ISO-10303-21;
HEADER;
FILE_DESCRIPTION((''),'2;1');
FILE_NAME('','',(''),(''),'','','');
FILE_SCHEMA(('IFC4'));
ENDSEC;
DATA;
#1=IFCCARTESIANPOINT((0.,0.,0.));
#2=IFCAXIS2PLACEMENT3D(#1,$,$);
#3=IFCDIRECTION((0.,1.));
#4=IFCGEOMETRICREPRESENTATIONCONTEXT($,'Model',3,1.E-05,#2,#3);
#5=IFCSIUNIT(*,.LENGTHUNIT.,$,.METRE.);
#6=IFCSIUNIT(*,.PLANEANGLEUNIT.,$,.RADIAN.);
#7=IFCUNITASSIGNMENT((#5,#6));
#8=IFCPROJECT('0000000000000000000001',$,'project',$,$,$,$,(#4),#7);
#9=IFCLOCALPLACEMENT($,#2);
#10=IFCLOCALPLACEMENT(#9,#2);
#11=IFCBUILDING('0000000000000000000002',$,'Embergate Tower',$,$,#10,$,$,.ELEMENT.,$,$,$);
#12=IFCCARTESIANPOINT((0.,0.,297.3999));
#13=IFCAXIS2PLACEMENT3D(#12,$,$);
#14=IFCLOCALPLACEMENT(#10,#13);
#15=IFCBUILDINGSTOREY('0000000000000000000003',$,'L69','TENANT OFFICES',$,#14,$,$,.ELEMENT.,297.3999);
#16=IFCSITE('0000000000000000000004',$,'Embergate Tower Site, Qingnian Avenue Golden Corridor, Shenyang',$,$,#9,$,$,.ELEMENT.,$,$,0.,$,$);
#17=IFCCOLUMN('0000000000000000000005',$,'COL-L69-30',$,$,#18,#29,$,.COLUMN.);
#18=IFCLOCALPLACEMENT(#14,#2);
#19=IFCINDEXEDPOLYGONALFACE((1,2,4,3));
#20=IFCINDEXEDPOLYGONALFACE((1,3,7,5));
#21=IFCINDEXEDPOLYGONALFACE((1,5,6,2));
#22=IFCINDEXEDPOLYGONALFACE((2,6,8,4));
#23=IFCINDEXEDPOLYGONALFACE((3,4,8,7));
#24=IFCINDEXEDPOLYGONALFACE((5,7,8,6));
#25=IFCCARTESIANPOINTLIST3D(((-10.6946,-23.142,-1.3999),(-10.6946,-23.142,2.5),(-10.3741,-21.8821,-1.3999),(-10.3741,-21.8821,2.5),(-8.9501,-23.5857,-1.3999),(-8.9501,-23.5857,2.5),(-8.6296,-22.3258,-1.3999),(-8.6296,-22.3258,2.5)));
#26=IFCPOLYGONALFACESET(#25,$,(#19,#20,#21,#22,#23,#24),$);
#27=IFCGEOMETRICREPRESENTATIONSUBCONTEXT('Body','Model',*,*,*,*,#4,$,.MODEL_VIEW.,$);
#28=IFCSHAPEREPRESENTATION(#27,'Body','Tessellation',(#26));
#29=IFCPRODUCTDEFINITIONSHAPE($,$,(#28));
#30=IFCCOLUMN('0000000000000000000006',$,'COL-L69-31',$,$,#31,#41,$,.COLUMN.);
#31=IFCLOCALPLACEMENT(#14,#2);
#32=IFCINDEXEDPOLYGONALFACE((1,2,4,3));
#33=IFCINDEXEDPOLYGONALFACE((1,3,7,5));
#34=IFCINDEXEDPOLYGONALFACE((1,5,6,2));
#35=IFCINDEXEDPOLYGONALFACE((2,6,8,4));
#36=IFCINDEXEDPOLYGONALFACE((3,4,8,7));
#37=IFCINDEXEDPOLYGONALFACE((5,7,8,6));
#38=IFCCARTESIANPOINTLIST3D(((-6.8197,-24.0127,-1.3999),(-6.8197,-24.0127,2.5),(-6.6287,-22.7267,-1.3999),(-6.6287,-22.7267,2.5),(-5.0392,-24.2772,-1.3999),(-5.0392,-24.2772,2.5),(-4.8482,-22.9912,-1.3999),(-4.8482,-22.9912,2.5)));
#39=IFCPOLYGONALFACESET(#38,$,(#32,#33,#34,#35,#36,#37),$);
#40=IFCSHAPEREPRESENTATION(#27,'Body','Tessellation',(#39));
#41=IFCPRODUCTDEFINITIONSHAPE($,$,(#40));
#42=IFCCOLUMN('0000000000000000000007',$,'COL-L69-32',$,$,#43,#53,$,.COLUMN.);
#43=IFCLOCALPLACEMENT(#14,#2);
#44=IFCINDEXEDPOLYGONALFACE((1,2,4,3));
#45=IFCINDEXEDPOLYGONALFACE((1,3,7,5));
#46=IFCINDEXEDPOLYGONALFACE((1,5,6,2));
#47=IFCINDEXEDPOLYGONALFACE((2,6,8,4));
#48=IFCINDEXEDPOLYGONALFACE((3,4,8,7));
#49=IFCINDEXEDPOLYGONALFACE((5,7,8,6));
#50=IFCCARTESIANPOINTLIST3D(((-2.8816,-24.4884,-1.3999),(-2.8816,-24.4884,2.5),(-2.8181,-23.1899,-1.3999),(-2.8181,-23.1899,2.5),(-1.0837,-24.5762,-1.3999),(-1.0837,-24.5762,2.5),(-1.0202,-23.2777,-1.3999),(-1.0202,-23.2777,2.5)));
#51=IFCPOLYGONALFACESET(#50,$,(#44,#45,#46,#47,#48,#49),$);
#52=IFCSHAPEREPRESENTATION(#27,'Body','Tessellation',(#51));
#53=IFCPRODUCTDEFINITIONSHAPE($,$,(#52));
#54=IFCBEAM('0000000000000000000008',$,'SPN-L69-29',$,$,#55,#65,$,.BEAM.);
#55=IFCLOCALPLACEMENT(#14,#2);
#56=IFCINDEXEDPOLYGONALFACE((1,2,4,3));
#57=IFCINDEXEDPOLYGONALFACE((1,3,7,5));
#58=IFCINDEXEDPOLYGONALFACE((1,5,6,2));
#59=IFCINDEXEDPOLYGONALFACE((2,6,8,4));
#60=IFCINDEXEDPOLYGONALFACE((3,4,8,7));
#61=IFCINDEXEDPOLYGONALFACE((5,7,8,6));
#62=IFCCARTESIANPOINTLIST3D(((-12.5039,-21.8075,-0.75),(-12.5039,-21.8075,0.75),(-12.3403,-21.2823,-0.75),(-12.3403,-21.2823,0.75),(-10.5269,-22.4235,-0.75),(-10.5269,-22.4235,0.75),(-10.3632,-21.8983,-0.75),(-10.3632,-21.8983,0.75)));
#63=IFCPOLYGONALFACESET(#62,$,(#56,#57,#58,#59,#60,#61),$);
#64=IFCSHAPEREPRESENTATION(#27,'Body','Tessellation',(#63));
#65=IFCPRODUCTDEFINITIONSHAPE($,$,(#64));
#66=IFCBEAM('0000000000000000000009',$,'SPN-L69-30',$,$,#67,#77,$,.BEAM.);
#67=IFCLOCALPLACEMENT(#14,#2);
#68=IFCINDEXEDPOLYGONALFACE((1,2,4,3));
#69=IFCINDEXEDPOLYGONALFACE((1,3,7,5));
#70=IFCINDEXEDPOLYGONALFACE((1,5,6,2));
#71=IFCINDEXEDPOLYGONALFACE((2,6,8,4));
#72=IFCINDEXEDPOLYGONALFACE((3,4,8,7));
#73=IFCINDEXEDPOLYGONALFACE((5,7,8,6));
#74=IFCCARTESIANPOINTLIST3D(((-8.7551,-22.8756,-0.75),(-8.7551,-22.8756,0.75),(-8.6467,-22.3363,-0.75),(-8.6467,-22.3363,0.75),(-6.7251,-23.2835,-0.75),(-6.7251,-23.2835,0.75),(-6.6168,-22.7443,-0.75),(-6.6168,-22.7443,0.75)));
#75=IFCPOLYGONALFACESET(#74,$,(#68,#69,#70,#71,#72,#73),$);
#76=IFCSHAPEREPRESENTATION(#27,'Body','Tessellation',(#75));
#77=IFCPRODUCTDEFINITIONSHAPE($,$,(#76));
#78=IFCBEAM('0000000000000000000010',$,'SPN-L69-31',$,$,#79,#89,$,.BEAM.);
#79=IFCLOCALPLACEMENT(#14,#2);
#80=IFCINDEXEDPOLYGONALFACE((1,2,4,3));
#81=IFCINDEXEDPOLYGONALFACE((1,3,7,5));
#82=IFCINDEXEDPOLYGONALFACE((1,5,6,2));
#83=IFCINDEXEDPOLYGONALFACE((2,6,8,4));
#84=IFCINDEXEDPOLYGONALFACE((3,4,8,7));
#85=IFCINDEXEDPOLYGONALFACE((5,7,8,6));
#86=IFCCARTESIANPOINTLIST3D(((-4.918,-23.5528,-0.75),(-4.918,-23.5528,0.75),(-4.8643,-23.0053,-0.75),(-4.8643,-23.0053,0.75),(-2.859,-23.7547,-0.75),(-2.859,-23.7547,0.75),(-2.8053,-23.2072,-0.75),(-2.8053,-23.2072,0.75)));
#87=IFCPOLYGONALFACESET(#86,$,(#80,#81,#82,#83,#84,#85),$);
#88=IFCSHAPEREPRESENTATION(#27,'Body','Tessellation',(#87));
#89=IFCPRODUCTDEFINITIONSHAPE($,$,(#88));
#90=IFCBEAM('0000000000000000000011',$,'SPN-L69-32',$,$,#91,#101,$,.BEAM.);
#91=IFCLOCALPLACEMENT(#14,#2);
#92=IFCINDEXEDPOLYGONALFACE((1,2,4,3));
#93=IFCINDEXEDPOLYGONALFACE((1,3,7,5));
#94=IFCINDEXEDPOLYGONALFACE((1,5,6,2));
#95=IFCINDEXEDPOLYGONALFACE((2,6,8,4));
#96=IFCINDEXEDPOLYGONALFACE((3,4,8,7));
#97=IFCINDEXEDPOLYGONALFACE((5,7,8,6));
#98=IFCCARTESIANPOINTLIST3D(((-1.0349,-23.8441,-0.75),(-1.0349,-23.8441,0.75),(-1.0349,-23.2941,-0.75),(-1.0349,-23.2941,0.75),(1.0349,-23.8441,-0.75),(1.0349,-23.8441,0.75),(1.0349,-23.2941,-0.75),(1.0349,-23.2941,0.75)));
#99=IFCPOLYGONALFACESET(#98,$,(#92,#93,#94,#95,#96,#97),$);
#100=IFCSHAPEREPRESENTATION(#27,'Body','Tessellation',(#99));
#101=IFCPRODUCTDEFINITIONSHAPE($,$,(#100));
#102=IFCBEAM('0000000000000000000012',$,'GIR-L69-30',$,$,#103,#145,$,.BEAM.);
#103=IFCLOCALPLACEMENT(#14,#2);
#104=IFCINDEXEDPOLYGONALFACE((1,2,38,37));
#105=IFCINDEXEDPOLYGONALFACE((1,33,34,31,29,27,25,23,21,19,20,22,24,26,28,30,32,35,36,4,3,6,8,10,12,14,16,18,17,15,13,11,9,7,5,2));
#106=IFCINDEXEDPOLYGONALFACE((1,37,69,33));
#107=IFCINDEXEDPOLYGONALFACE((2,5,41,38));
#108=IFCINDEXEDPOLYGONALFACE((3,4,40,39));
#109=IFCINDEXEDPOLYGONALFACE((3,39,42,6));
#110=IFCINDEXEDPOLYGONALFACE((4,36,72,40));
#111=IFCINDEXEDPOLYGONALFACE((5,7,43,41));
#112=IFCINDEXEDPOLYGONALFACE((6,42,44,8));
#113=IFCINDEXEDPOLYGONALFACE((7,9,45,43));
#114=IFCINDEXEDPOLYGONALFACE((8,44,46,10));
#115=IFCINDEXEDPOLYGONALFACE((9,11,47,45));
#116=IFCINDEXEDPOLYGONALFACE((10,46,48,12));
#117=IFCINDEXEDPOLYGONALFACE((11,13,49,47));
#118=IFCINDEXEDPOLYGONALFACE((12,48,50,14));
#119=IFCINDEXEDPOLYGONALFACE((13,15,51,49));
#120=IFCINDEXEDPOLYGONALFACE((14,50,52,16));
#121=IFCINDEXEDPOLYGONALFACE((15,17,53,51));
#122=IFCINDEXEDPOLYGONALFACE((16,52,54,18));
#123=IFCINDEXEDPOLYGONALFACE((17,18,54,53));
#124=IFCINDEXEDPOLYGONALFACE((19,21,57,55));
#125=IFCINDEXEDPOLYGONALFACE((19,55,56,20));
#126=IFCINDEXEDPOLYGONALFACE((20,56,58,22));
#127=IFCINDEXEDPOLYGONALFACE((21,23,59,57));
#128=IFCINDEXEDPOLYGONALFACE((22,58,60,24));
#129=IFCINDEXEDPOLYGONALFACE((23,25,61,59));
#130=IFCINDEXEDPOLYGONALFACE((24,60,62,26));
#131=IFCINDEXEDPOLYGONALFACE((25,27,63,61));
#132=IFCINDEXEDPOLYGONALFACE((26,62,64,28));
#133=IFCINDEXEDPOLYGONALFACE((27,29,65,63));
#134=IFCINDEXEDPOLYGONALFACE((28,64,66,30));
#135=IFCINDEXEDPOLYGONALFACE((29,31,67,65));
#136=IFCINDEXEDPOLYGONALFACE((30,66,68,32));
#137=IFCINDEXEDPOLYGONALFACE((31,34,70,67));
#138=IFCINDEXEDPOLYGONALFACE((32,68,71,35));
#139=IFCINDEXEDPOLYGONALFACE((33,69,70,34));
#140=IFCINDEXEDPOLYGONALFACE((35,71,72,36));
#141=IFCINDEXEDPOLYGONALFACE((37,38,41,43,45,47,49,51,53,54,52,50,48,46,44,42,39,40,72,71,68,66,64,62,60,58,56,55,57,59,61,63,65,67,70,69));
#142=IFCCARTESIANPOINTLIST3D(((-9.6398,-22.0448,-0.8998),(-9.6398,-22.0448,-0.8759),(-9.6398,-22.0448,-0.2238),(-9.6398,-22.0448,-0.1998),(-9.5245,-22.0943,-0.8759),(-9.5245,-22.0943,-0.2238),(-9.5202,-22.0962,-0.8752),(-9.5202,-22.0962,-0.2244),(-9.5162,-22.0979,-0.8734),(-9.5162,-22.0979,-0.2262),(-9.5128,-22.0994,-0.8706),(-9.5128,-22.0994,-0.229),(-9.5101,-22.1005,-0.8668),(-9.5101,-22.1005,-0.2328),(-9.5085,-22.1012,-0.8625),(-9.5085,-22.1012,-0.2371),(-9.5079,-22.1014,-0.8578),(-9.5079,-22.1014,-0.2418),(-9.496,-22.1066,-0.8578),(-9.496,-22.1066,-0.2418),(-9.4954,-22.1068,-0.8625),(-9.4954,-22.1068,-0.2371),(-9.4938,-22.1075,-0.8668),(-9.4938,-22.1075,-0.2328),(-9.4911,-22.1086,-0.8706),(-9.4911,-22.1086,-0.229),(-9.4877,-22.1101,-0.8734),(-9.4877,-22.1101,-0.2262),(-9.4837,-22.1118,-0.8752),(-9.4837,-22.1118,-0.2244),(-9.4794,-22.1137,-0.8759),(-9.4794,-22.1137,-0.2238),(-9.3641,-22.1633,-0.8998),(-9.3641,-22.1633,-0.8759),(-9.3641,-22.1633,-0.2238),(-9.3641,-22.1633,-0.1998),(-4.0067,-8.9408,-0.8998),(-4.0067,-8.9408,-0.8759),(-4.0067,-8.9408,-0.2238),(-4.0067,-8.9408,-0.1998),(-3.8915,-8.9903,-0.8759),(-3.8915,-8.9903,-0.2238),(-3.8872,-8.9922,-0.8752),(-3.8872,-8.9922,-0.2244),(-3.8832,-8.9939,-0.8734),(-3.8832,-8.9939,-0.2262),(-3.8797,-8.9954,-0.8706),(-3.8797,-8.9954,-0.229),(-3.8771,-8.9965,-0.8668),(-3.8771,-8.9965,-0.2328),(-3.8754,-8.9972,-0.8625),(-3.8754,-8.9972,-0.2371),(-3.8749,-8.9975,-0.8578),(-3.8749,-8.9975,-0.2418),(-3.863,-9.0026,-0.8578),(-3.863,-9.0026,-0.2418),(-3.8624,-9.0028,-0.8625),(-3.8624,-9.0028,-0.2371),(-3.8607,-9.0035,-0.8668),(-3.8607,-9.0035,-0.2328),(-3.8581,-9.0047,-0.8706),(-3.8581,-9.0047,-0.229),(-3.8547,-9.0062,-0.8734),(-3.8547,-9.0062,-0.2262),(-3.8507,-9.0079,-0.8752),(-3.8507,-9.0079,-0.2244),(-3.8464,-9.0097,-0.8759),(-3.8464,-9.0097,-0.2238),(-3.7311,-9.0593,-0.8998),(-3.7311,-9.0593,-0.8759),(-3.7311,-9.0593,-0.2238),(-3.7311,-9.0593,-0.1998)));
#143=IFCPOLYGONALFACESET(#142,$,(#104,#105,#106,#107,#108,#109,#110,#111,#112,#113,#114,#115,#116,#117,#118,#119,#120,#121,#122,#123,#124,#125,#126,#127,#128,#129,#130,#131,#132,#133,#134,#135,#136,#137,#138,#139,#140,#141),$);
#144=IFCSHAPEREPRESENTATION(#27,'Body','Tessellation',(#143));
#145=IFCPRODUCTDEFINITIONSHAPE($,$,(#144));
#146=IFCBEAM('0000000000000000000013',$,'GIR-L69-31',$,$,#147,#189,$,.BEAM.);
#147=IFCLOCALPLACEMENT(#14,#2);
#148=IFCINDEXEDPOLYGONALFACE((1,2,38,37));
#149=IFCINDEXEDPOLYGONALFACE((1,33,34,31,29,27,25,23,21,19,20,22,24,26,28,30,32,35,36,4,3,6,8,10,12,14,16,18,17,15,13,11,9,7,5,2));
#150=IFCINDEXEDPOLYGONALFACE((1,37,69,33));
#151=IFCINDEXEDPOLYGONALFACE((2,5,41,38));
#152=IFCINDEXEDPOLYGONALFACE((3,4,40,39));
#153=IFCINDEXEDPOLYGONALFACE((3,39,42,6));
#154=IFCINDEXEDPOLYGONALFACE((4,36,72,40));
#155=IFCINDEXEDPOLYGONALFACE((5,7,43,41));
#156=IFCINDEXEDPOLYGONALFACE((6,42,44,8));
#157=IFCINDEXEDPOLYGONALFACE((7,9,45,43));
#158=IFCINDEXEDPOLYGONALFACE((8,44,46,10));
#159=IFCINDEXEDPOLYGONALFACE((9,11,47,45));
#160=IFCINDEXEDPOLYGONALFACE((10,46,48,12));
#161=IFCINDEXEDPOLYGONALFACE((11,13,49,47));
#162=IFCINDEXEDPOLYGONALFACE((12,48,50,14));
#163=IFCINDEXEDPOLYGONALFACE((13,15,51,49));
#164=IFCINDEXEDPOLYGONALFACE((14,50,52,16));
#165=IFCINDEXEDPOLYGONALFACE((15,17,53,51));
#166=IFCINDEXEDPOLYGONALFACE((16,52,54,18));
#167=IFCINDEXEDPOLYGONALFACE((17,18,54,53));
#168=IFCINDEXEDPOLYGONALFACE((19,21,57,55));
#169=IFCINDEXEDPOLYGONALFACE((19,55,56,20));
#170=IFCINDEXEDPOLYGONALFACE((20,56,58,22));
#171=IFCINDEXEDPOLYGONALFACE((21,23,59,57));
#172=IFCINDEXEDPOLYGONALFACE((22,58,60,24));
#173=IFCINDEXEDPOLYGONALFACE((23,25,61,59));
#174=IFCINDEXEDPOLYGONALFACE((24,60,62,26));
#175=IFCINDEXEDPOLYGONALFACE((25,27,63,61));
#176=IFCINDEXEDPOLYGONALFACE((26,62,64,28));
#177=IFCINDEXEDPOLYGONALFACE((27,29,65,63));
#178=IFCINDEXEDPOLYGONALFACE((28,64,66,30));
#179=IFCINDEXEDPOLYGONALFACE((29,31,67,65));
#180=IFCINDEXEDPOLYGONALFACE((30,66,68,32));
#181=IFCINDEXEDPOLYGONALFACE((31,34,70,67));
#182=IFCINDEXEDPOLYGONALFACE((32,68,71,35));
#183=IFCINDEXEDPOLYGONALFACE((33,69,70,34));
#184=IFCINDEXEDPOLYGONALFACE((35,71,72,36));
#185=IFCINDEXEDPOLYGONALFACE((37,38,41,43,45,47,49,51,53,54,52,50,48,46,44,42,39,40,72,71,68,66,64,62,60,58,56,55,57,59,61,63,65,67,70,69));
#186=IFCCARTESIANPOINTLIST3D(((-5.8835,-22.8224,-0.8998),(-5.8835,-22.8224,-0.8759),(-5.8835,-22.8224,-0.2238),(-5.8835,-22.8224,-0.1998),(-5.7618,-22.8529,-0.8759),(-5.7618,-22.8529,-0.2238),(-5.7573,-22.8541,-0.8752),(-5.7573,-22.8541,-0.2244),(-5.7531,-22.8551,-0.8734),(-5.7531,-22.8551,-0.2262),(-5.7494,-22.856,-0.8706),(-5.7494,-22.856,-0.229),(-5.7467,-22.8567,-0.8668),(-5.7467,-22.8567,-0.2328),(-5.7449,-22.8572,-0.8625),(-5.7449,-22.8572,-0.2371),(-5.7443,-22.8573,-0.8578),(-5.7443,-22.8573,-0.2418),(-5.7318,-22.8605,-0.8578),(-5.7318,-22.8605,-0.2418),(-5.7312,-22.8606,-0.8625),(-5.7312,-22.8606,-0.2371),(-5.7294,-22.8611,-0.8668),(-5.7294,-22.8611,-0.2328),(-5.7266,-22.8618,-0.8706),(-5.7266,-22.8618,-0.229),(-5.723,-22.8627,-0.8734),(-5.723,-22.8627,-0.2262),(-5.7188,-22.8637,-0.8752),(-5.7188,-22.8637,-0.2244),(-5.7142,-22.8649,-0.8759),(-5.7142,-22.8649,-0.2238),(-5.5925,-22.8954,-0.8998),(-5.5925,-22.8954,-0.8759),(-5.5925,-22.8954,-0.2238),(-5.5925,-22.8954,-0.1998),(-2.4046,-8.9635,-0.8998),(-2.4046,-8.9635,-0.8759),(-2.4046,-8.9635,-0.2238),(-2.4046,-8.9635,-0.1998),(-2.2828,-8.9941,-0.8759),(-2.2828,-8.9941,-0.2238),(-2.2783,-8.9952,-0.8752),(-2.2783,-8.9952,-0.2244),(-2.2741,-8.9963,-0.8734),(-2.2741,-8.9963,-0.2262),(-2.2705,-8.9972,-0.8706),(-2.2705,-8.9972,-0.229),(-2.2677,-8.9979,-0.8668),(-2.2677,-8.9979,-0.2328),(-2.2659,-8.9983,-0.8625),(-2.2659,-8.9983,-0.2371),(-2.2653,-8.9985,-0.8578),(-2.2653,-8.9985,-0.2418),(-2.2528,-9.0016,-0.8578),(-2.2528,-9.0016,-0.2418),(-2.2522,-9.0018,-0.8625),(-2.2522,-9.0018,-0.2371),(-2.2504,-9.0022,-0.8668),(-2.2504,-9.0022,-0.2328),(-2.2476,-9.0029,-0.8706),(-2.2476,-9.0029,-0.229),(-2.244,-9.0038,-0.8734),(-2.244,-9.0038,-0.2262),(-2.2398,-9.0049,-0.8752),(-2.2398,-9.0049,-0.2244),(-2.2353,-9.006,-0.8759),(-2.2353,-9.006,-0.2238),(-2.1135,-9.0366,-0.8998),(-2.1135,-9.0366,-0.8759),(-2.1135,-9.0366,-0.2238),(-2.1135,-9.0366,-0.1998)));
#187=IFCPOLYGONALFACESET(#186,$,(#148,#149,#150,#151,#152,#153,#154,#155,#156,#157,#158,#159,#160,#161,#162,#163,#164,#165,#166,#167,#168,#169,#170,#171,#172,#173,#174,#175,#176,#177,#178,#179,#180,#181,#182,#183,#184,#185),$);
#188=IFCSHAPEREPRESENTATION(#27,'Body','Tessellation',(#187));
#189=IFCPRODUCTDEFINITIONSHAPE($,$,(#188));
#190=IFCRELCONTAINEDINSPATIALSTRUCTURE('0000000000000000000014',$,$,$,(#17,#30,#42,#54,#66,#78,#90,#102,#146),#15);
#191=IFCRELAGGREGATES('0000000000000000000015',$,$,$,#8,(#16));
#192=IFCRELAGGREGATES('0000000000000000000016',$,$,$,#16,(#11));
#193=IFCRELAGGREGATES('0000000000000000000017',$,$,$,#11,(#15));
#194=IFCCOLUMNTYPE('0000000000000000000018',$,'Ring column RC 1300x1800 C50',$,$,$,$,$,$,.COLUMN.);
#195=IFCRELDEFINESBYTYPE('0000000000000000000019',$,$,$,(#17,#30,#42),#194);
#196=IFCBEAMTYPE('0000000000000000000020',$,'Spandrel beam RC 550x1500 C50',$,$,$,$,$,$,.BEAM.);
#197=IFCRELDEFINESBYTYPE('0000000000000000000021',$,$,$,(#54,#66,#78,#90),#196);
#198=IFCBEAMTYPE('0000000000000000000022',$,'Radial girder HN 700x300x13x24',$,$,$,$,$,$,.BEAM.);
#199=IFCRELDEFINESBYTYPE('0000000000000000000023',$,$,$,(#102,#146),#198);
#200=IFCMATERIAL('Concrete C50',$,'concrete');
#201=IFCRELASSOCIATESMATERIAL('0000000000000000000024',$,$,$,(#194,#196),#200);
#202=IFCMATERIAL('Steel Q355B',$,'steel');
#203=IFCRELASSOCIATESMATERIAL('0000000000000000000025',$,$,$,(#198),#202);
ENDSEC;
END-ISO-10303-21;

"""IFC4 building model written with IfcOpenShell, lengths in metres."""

from ifc_helpers import new_model, si_unit, direction, frame, origin, origin_2d, place, context, subcontext, project, spatial, rectangle, i_section, extrude, source, transform, mapped, material, material_profile, profile_set, type_object, element, save


model = new_model("IFC4")

# Units and contexts
model_context = context("Model", 3, precision=1e-05, world=origin(), true_north=direction((0.0, 1.0)))
body_context = subcontext(model_context, "Body", "Model", "MODEL_VIEW")
ifc_project = project(units=[si_unit("LENGTHUNIT", "METRE"), si_unit("PLANEANGLEUNIT", "RADIAN")], contexts=[model_context])

# Site, building, storey
site_placement = place(None, origin())
site = spatial("IfcSite", under=ifc_project, at=site_placement, Name="Embergate Tower Site, Qingnian Avenue Golden Corridor, Shenyang", CompositionType="ELEMENT", RefElevation=0.0)
building_placement = place(site_placement, origin())
building = spatial("IfcBuilding", under=site, at=building_placement, Name="Embergate Tower", CompositionType="ELEMENT")
storey_placement = place(building_placement, frame((0.0, 0.0, 297.3999)))
storey = spatial("IfcBuildingStorey", under=building, at=storey_placement, Name="L69", Description="TENANT OFFICES", CompositionType="ELEMENT", Elevation=297.3999)

# Columns
ifc_material_1 = material(Name="Concrete C50", Category="concrete")
ifc_material_profile_1 = material_profile(ifc_material_1, rectangle(XDim=1.3, YDim=1.8, at=origin_2d()), Name="RC 1300x1800")
ifc_profile_set_1 = profile_set([ifc_material_profile_1], Name="Concrete C50")
column_type = type_object("IfcColumnType", Name="Ring column RC 1300x1800 C50", PredefinedType="COLUMN", material=ifc_profile_set_1)
shared_shape_1 = source(origin(), body_context, "Body", "SweptSolid", [
    extrude(rectangle(XDim=1.3, YDim=1.8, at=origin_2d()), origin(), (0.0, 0.0, 1.0), 3.8999),
])
for number, where, z_axis, x_axis, name in (
    (1, (-9.6621, -22.7339, -1.3999), (0.0, 0.0, 1.0), (-0.246509, -0.969141, 0.0), "COL-L69-30"),
    (2, (-5.834, -23.502, -1.3999), (0.0, 0.0, 1.0), (-0.146929, -0.989147, 0.0), "COL-L69-31"),
    (3, (-1.9509, -23.8831, -1.3999), (0.0, 0.0, 1.0), (-0.048815, -0.998808, 0.0), "COL-L69-32"),
):
    element("IfcColumn", number, at=place(storey_placement, frame(where, z_axis=z_axis, x_axis=x_axis)), inside=storey, type_object=column_type, Name=name, PredefinedType="COLUMN", context=body_context, shape_type="MappedRepresentation", body=[
        mapped(shared_shape_1, transform((0.0, 0.0, 0.0))),
    ])

# Beams
ifc_material_profile_2 = material_profile(ifc_material_1, rectangle(XDim=0.55, YDim=1.5, at=origin_2d()), Name="RC 550x1500")
ifc_profile_set_2 = profile_set([ifc_material_profile_2], Name="Concrete C50")
beam_type_1 = type_object("IfcBeamType", Name="Spandrel beam RC 550x1500 C50", PredefinedType="BEAM", material=ifc_profile_set_2)
shared_shape_2 = source(origin(), body_context, "Body", "SweptSolid", [
    extrude(rectangle(XDim=0.55, YDim=1.5, at=origin_2d()), origin(), (0.0, 0.0, 1.0), 2.0708),
])
beam_1_placement = place(storey_placement, frame((-12.4221, -21.5449, 0.0), z_axis=(0.954736, -0.297456, 0.0), x_axis=(0.297456, 0.954736, 0.0)))
element("IfcBeam", 4, at=beam_1_placement, inside=storey, type_object=beam_type_1, Name="SPN-L69-29", PredefinedType="BEAM", context=body_context, shape_type="MappedRepresentation", body=[
    mapped(shared_shape_2, transform((0.0, 0.0, 0.0))),
])
shared_shape_3 = source(origin(), body_context, "Body", "SweptSolid", [
    extrude(rectangle(XDim=0.55, YDim=1.5, at=origin_2d()), origin(), (0.0, 0.0, 1.0), 2.0706),
])
beam_2_placement = place(storey_placement, frame((-8.7009, -22.606, 0.0), z_axis=(0.980399, -0.197023, 0.0), x_axis=(0.197023, 0.980399, 0.0)))
element("IfcBeam", 5, at=beam_2_placement, inside=storey, type_object=beam_type_1, Name="SPN-L69-30", PredefinedType="BEAM", context=body_context, shape_type="MappedRepresentation", body=[
    mapped(shared_shape_3, transform((0.0, 0.0, 0.0))),
])
shared_shape_4 = source(origin(), body_context, "Body", "SweptSolid", [
    extrude(rectangle(XDim=0.55, YDim=1.5, at=origin_2d()), origin(), (0.0, 0.0, 1.0), 2.0688),
])
beam_3_placement = place(storey_placement, frame((-4.8911, -23.2791, 0.0), z_axis=(0.995227, -0.097587, 0.0), x_axis=(0.097587, 0.995227, 0.0)))
element("IfcBeam", 6, at=beam_3_placement, inside=storey, type_object=beam_type_1, Name="SPN-L69-31", PredefinedType="BEAM", context=body_context, shape_type="MappedRepresentation", body=[
    mapped(shared_shape_4, transform((0.0, 0.0, 0.0))),
])
shared_shape_5 = source(origin(), body_context, "Body", "SweptSolid", [
    extrude(rectangle(XDim=0.55, YDim=1.5, at=origin_2d()), origin(), (0.0, 0.0, 1.0), 2.0698),
])
beam_4_placement = place(storey_placement, frame((-1.0349, -23.5691, 0.0), z_axis=(1.0, 0.0, 0.0), x_axis=(0.0, 1.0, 0.0)))
element("IfcBeam", 7, at=beam_4_placement, inside=storey, type_object=beam_type_1, Name="SPN-L69-32", PredefinedType="BEAM", context=body_context, shape_type="MappedRepresentation", body=[
    mapped(shared_shape_5, transform((0.0, 0.0, 0.0))),
])
ifc_material_2 = material(Name="Steel Q355B", Category="steel")
ifc_material_profile_3 = material_profile(ifc_material_2, i_section(OverallWidth=0.3, OverallDepth=0.7, WebThickness=0.0129, FlangeThickness=0.0239, FilletRadius=0.0181, at=origin_2d()), Name="HN 700x300x13x24")
ifc_profile_set_3 = profile_set([ifc_material_profile_3], Name="Steel Q355 grade B")
beam_type_2 = type_object("IfcBeamType", Name="Radial girder HN 700x300x13x24", PredefinedType="BEAM", material=ifc_profile_set_3)
shared_shape_6 = source(origin(), body_context, "Body", "SweptSolid", [
    extrude(i_section(OverallWidth=0.3, OverallDepth=0.7, WebThickness=0.0129, FlangeThickness=0.0239, FilletRadius=0.0181, at=origin_2d()), origin(), (0.0, 0.0, 1.0), 14.2634),
])
beam_5_placement = place(storey_placement, frame((-9.502, -22.104, -0.5498), z_axis=(0.394929, 0.918712, 0.0), x_axis=(-0.918712, 0.394929, 0.0)))
element("IfcBeam", 8, at=beam_5_placement, inside=storey, type_object=beam_type_2, Name="GIR-L69-30", PredefinedType="BEAM", context=body_context, shape_type="MappedRepresentation", body=[
    mapped(shared_shape_6, transform((0.0, 0.0, 0.0))),
])
shared_shape_7 = source(origin(), body_context, "Body", "SweptSolid", [
    extrude(i_section(OverallWidth=0.3, OverallDepth=0.7, WebThickness=0.0129, FlangeThickness=0.0239, FilletRadius=0.0181, at=origin_2d()), origin(), (0.0, 0.0, 1.0), 14.2888),
])
beam_6_placement = place(storey_placement, frame((-5.738, -22.8589, -0.5498), z_axis=(0.243476, 0.969907, 0.0), x_axis=(-0.969907, 0.243476, 0.0)))
element("IfcBeam", 9, at=beam_6_placement, inside=storey, type_object=beam_type_2, Name="GIR-L69-31", PredefinedType="BEAM", context=body_context, shape_type="MappedRepresentation", body=[
    mapped(shared_shape_7, transform((0.0, 0.0, 0.0))),
])

save(model, "model.ifc")
